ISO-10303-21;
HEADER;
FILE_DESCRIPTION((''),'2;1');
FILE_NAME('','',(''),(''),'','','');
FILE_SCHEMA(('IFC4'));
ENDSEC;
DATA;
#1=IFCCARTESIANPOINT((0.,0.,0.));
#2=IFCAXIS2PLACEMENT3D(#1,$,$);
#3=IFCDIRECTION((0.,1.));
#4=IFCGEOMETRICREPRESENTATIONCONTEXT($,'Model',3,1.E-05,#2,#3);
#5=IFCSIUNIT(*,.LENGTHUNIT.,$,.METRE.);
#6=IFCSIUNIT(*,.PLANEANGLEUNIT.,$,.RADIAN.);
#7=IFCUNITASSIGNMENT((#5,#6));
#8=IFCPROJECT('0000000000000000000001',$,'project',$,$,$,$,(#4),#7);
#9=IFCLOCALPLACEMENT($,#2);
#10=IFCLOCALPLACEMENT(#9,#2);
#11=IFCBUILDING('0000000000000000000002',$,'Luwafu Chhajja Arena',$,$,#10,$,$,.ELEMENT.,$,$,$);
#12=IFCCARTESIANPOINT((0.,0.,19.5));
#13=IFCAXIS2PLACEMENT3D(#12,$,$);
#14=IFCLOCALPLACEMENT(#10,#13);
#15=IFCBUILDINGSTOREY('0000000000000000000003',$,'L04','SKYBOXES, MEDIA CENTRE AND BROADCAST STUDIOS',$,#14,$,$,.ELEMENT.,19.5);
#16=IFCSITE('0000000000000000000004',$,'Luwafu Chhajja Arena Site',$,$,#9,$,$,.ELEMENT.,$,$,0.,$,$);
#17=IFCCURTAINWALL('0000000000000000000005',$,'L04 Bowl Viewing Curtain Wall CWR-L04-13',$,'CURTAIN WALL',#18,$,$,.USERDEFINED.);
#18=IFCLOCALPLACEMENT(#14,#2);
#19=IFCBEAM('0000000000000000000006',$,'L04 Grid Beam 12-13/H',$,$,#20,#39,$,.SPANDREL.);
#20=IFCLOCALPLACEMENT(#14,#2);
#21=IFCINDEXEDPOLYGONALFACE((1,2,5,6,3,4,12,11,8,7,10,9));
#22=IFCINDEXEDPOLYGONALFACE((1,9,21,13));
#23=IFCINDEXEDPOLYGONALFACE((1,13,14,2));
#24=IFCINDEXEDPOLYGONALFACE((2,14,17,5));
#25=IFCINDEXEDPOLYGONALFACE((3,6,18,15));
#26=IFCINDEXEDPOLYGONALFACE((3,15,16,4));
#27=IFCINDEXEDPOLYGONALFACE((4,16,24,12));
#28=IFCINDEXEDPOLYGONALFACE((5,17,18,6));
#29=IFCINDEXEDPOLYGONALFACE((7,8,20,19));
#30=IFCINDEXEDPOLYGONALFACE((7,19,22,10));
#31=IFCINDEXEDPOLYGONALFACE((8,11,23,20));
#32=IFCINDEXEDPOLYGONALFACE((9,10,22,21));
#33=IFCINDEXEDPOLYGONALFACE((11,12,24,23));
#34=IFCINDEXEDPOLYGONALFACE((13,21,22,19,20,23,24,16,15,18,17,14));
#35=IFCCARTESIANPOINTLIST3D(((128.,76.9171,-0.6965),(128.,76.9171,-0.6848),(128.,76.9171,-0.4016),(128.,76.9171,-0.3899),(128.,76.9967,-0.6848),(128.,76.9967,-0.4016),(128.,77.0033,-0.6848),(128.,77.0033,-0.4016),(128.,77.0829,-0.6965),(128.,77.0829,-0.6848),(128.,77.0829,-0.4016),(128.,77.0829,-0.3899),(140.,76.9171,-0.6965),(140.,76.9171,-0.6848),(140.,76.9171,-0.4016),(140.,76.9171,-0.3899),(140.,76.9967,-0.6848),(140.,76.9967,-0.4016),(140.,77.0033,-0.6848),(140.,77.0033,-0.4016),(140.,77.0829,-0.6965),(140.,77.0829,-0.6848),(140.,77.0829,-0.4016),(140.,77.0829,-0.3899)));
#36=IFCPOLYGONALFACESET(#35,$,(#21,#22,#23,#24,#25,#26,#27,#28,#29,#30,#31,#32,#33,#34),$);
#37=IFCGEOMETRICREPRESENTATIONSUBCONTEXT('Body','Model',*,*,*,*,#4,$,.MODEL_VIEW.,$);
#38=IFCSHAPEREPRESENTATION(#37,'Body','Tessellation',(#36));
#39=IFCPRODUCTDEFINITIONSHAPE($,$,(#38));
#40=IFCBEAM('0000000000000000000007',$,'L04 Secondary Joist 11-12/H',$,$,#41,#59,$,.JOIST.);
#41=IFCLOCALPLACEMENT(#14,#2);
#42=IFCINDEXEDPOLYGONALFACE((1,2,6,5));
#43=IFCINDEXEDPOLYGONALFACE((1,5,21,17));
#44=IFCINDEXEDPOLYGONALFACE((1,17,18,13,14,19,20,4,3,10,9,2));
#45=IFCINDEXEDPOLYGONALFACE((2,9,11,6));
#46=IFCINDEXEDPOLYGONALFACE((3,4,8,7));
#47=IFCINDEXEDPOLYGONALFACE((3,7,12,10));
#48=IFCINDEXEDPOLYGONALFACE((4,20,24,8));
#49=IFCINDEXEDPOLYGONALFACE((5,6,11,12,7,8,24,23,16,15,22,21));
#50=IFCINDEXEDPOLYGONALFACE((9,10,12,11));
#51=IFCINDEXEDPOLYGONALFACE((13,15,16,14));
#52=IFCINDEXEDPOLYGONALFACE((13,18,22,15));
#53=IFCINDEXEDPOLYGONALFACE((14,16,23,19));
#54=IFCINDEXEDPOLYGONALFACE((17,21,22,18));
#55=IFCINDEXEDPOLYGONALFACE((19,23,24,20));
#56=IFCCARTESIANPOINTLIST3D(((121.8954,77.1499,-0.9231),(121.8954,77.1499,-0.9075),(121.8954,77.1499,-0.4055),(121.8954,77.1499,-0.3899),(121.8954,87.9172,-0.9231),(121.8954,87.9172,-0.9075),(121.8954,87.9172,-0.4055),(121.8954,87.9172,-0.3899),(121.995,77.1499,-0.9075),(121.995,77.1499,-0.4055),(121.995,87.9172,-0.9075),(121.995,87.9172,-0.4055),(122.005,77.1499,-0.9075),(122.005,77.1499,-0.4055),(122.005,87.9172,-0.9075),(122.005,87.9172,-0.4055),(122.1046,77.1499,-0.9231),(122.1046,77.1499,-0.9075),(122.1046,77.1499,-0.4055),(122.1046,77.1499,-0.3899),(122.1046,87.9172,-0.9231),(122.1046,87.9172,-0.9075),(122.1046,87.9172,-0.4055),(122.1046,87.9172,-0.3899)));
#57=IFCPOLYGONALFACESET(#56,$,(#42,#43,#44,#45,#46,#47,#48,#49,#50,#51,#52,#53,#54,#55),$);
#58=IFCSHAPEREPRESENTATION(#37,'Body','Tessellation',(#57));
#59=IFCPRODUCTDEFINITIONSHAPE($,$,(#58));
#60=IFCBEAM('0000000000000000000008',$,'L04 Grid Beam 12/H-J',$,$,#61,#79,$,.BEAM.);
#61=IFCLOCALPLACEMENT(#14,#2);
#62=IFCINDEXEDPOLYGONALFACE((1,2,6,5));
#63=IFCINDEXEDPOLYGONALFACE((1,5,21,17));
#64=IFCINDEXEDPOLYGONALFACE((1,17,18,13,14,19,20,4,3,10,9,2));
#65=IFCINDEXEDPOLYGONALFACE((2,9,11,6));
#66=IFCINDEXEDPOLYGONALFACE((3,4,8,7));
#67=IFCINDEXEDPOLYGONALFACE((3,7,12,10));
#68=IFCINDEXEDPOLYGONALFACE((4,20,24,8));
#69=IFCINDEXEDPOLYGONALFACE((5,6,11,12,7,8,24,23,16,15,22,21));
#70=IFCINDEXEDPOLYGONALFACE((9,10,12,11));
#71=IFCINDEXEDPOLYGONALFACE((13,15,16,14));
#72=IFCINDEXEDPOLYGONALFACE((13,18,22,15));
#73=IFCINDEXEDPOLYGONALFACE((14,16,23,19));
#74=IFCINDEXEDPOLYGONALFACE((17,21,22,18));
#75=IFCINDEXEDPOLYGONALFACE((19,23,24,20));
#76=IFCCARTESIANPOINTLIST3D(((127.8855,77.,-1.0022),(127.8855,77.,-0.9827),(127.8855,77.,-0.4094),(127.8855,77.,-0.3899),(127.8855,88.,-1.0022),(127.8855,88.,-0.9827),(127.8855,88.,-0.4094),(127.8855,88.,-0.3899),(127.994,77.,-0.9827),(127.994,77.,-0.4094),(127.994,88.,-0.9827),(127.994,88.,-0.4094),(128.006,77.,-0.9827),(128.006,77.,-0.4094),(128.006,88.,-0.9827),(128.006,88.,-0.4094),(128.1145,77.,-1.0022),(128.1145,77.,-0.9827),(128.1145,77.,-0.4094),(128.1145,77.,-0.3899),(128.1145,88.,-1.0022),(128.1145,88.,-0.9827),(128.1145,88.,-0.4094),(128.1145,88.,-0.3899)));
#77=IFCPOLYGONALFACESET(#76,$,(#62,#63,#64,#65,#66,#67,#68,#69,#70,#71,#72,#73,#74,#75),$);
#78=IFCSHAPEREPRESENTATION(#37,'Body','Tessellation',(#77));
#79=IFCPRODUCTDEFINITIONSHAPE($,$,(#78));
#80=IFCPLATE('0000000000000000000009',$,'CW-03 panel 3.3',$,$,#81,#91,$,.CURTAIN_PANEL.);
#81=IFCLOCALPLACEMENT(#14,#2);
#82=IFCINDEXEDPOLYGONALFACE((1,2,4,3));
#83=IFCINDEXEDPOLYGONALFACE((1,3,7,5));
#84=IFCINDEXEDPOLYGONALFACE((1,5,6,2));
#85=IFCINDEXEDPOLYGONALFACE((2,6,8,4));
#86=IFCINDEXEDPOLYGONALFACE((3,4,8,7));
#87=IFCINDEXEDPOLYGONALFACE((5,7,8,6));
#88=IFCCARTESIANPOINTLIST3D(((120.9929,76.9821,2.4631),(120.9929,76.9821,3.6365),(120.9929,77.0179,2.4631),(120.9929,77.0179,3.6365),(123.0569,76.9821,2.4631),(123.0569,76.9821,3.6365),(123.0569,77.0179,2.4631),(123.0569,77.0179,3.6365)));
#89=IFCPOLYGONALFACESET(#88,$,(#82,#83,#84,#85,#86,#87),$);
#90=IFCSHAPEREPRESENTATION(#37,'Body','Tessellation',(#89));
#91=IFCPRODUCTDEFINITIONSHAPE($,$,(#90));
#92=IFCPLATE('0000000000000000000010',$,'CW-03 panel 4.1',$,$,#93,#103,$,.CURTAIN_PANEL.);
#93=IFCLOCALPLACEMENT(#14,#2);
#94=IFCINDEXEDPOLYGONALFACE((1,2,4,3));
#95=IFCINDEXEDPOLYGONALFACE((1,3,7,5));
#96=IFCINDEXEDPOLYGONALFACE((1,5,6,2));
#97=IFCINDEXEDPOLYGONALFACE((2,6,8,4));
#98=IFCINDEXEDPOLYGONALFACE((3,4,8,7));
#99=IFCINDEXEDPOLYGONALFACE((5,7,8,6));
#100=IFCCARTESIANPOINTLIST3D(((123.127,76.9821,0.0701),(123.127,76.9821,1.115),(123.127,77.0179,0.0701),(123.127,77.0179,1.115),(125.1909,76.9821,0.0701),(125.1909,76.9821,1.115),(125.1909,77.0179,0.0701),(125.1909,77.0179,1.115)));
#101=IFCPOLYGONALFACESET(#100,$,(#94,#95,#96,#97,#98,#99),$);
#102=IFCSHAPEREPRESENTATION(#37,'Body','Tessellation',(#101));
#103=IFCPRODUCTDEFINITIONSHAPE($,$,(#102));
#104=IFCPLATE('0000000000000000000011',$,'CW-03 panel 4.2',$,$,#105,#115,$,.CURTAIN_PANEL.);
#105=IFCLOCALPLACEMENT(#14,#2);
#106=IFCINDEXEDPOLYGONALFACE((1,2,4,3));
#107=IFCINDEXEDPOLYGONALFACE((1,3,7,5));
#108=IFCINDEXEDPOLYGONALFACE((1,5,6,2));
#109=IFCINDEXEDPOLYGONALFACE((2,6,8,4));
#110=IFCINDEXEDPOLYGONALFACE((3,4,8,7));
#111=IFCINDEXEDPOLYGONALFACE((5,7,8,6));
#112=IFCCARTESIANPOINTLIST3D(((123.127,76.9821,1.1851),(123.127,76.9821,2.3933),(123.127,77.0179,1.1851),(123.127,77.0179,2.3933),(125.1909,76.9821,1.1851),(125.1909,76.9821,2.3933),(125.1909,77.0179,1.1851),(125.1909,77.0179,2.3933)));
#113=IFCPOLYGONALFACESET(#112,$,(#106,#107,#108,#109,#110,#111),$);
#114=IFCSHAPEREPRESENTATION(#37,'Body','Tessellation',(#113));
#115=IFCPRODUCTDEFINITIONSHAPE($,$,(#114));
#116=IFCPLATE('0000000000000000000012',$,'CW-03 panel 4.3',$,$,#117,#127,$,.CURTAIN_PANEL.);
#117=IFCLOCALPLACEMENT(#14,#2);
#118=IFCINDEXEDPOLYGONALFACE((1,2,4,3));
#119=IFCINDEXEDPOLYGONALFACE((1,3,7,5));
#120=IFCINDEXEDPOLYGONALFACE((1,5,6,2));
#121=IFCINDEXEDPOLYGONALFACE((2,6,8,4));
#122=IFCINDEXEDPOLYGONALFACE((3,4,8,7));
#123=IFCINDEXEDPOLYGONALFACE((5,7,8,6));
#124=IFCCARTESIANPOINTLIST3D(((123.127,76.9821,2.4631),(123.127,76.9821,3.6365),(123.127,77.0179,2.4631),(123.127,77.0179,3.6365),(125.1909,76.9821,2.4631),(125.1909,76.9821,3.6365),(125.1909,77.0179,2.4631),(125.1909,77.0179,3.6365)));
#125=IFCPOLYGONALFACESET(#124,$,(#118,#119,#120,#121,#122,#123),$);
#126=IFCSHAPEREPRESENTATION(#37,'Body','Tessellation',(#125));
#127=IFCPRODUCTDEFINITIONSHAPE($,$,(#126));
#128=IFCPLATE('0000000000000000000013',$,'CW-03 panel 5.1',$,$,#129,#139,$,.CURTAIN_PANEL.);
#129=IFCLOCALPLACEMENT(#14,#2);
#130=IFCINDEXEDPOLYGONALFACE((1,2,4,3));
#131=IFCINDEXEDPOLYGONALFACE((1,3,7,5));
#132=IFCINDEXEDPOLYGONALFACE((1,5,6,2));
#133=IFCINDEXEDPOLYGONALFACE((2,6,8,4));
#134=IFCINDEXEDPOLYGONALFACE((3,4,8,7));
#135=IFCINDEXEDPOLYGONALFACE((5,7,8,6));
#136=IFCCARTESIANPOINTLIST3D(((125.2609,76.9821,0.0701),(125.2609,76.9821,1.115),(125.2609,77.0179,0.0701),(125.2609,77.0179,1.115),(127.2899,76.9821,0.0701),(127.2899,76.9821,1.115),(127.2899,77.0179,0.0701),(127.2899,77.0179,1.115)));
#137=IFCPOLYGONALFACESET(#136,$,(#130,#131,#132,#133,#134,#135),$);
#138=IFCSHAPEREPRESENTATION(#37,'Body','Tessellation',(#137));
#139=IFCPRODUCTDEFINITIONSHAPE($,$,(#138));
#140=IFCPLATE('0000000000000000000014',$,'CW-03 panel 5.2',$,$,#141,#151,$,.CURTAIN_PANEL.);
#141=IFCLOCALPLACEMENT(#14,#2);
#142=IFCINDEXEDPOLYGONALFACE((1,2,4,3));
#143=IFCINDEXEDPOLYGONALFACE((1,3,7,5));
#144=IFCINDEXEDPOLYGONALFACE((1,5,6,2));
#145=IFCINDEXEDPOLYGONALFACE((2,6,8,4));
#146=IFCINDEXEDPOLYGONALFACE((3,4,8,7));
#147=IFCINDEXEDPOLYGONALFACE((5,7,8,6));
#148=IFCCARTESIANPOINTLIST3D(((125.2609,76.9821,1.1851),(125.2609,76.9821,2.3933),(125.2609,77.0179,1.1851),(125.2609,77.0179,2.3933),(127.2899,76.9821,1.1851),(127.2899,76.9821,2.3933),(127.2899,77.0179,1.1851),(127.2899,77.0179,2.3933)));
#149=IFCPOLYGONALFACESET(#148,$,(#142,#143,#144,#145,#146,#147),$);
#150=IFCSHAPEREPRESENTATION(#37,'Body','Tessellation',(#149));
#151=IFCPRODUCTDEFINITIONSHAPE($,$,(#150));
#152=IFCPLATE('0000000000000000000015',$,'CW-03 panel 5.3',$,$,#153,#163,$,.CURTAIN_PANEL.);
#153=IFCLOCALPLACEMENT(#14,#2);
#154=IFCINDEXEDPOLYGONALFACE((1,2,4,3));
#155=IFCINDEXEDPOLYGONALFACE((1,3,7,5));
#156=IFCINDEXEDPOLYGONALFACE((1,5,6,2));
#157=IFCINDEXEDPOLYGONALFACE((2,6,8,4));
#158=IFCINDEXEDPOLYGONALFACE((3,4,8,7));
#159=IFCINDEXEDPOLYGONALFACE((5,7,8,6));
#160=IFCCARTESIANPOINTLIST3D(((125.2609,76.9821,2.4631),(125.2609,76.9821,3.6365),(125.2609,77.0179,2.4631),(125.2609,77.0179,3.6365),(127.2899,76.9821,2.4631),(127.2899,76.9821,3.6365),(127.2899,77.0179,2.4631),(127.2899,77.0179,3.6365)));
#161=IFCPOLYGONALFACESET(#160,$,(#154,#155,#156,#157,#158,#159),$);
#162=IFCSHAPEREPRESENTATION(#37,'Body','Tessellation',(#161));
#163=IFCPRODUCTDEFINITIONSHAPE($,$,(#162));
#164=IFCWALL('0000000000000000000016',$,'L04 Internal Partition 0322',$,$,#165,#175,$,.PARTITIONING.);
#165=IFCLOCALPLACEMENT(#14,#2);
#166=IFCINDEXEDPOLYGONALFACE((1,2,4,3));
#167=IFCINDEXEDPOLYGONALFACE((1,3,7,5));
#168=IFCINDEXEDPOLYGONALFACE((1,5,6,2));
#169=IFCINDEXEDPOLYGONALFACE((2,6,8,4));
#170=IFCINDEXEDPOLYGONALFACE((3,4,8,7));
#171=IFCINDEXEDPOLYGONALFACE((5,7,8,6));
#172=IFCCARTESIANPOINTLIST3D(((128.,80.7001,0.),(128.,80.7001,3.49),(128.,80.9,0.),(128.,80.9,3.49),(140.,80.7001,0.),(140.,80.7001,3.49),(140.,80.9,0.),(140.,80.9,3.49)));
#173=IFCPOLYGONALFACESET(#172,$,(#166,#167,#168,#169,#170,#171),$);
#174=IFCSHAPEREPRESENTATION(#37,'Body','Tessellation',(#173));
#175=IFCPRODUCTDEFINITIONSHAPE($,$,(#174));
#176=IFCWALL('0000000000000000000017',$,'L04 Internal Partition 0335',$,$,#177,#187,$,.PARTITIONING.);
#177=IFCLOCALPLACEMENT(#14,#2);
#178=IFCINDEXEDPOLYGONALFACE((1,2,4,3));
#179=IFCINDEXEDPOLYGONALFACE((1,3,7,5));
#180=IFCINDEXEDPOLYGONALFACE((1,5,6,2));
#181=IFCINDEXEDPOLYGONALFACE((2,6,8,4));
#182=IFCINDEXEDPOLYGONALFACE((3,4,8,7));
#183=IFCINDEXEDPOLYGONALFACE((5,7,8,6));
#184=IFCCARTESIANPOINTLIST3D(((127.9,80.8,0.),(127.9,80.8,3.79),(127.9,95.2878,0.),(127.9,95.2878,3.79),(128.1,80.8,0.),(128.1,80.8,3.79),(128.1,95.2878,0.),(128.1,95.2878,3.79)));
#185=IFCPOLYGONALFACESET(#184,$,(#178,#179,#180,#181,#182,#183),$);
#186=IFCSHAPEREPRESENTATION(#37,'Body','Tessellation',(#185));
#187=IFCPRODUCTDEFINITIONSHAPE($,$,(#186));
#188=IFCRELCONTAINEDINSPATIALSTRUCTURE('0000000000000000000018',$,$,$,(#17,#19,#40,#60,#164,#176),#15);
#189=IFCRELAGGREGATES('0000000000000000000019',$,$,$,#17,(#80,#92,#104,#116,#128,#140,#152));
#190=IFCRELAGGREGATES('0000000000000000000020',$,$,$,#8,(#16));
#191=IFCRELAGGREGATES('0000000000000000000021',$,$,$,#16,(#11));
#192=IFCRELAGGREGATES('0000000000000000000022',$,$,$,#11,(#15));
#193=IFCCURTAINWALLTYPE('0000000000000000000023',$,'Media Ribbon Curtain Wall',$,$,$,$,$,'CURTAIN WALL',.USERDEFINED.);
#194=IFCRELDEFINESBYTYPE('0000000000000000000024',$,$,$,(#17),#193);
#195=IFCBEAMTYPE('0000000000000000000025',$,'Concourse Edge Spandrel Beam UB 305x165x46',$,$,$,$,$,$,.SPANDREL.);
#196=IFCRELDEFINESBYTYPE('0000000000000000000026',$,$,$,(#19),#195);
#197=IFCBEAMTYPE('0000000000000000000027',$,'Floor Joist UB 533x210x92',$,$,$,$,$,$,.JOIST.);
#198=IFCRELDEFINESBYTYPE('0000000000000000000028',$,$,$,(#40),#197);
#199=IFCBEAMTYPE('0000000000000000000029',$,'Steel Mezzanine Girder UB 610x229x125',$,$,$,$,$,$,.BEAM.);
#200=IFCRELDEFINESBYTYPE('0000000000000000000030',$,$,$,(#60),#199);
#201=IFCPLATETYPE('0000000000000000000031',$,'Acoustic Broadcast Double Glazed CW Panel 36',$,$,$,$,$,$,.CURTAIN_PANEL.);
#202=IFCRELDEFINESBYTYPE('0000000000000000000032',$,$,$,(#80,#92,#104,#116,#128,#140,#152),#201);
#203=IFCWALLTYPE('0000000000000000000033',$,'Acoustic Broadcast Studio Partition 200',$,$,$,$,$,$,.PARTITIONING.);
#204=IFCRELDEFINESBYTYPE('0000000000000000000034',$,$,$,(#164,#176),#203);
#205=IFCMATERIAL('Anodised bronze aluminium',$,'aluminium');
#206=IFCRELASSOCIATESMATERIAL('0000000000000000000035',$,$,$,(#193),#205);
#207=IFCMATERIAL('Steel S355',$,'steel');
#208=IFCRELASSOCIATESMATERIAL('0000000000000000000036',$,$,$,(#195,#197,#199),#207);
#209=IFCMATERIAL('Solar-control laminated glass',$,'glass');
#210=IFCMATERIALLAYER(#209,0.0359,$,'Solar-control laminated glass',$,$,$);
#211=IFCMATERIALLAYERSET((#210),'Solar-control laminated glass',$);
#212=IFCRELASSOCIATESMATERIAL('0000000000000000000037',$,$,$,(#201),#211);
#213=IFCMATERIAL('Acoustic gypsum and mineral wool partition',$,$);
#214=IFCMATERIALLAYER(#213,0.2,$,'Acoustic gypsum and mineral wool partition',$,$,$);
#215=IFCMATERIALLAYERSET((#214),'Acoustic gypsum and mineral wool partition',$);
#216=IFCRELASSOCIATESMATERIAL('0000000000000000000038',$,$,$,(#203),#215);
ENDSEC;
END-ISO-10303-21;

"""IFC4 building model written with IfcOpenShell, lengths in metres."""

from ifc_helpers import new_model, si_unit, direction, frame, frame_2d, origin, origin_2d, place, context, subcontext, project, spatial, rectangle, i_section, extrude, material, layer, layer_set, material_profile, profile_set, type_object, element, aggregate, save


model = new_model("IFC4")

# Units and contexts
model_context = context("Model", 3, precision=1e-05, world=origin(), true_north=direction((0.0, 1.0)))
body_context = subcontext(model_context, "Body", "Model", "MODEL_VIEW")
ifc_project = project(units=[si_unit("LENGTHUNIT", "METRE"), si_unit("PLANEANGLEUNIT", "RADIAN")], contexts=[model_context])

# Site, building, storey
site_placement = place(None, origin())
site = spatial("IfcSite", under=ifc_project, at=site_placement, Name="Luwafu Chhajja Arena Site", CompositionType="ELEMENT", RefElevation=0.0)
building_placement = place(site_placement, origin())
building = spatial("IfcBuilding", under=site, at=building_placement, Name="Luwafu Chhajja Arena", CompositionType="ELEMENT")
storey_placement = place(building_placement, frame((0.0, 0.0, 19.5)))
storey = spatial("IfcBuildingStorey", under=building, at=storey_placement, Name="L04", Description="SKYBOXES, MEDIA CENTRE AND BROADCAST STUDIOS", CompositionType="ELEMENT", Elevation=19.5)

# Curtain wall
ifc_material_1 = material(Name="Anodised bronze aluminium", Category="aluminium")
curtain_wall_type = type_object("IfcCurtainWallType", Name="Media Ribbon Curtain Wall", ElementType="CURTAIN WALL", PredefinedType="USERDEFINED", material=ifc_material_1)
curtain_wall_placement = place(storey_placement, origin())
curtain_wall = element("IfcCurtainWall", 1, at=curtain_wall_placement, inside=storey, type_object=curtain_wall_type, Name="L04 Bowl Viewing Curtain Wall CWR-L04-13", ObjectType="CURTAIN WALL", PredefinedType="USERDEFINED")

# Beams
ifc_material_2 = material(Name="Steel S355", Category="steel")
ifc_material_profile_1 = material_profile(ifc_material_2, i_section(OverallWidth=0.1658, OverallDepth=0.3066, WebThickness=0.0066, FlangeThickness=0.0117, at=origin_2d()), Name="UB 305x165x46")
ifc_profile_set_1 = profile_set([ifc_material_profile_1], Name="Steel S355")
beam_type_1 = type_object("IfcBeamType", Name="Concourse Edge Spandrel Beam UB 305x165x46", PredefinedType="SPANDREL", material=ifc_profile_set_1)
beam_1_placement = place(storey_placement, frame((128.0, 77.0, -0.5432), z_axis=(1.0, 0.0, 0.0), x_axis=(0.0, 1.0, 0.0)))
element("IfcBeam", 2, at=beam_1_placement, inside=storey, type_object=beam_type_1, Name="L04 Grid Beam 12-13/H", PredefinedType="SPANDREL", context=body_context, shape_type="SweptSolid", body=[
    extrude(i_section(OverallWidth=0.1658, OverallDepth=0.3066, WebThickness=0.0066, FlangeThickness=0.0117, at=origin_2d()), origin(), (0.0, 0.0, 1.0), 12.0),
])
ifc_material_profile_2 = material_profile(ifc_material_2, i_section(OverallWidth=0.2092, OverallDepth=0.5332, WebThickness=0.01, FlangeThickness=0.0156, at=origin_2d()), Name="UB 533x210x92")
ifc_profile_set_2 = profile_set([ifc_material_profile_2], Name="Steel S355")
beam_type_2 = type_object("IfcBeamType", Name="Floor Joist UB 533x210x92", PredefinedType="JOIST", material=ifc_profile_set_2)
beam_2_placement = place(storey_placement, frame((122.0, 77.1499, -0.6565), z_axis=(0.0, 1.0, 0.0), x_axis=(-1.0, 0.0, 0.0)))
element("IfcBeam", 3, at=beam_2_placement, inside=storey, type_object=beam_type_2, Name="L04 Secondary Joist 11-12/H", PredefinedType="JOIST", context=body_context, shape_type="SweptSolid", body=[
    extrude(i_section(OverallWidth=0.2092, OverallDepth=0.5332, WebThickness=0.01, FlangeThickness=0.0156, at=origin_2d()), origin(), (0.0, 0.0, 1.0), 10.7673),
])
ifc_material_profile_3 = material_profile(ifc_material_2, i_section(OverallWidth=0.229, OverallDepth=0.6123, WebThickness=0.012, FlangeThickness=0.0195, at=origin_2d()), Name="UB 610x229x125")
ifc_profile_set_3 = profile_set([ifc_material_profile_3], Name="Steel S355")
beam_type_3 = type_object("IfcBeamType", Name="Steel Mezzanine Girder UB 610x229x125", PredefinedType="BEAM", material=ifc_profile_set_3)
beam_3_placement = place(storey_placement, frame((128.0, 77.0, -0.696), z_axis=(0.0, 1.0, 0.0), x_axis=(-1.0, 0.0, 0.0)))
element("IfcBeam", 4, at=beam_3_placement, inside=storey, type_object=beam_type_3, Name="L04 Grid Beam 12/H-J", PredefinedType="BEAM", context=body_context, shape_type="SweptSolid", body=[
    extrude(i_section(OverallWidth=0.229, OverallDepth=0.6123, WebThickness=0.012, FlangeThickness=0.0195, at=origin_2d()), origin(), (0.0, 0.0, 1.0), 11.0),
])

# Plates
ifc_material_3 = material(Name="Solar-control laminated glass", Category="glass")
ifc_layer_1 = layer(ifc_material_3, 0.0359, Name="Solar-control laminated glass")
ifc_layer_set_1 = layer_set([ifc_layer_1], Name="Solar-control laminated glass")
plate_type = type_object("IfcPlateType", Name="Acoustic Broadcast Double Glazed CW Panel 36", PredefinedType="CURTAIN_PANEL", material=ifc_layer_set_1)
plate_1_placement = place(storey_placement, frame((122.0249, 77.0, 2.4631), z_axis=(0.0, 0.0, 1.0), x_axis=(1.0, 0.0, 0.0)))
plate_1 = element("IfcPlate", 5, at=plate_1_placement, type_object=plate_type, Name="CW-03 panel 3.3", PredefinedType="CURTAIN_PANEL", context=body_context, shape_type="SweptSolid", body=[
    extrude(rectangle(XDim=2.064, YDim=0.0359, at=origin_2d()), origin(), (0.0, 0.0, 1.0), 1.1733),
])
plate_2_placement = place(storey_placement, frame((124.1589, 77.0, 0.0701), z_axis=(0.0, 0.0, 1.0), x_axis=(1.0, 0.0, 0.0)))
plate_2 = element("IfcPlate", 6, at=plate_2_placement, type_object=plate_type, Name="CW-03 panel 4.1", PredefinedType="CURTAIN_PANEL", context=body_context, shape_type="SweptSolid", body=[
    extrude(rectangle(XDim=2.064, YDim=0.0359, at=origin_2d()), origin(), (0.0, 0.0, 1.0), 1.0449),
])
plate_3_placement = place(storey_placement, frame((124.1589, 77.0, 1.1851), z_axis=(0.0, 0.0, 1.0), x_axis=(1.0, 0.0, 0.0)))
plate_3 = element("IfcPlate", 7, at=plate_3_placement, type_object=plate_type, Name="CW-03 panel 4.2", PredefinedType="CURTAIN_PANEL", context=body_context, shape_type="SweptSolid", body=[
    extrude(rectangle(XDim=2.064, YDim=0.0359, at=origin_2d()), origin(), (0.0, 0.0, 1.0), 1.2083),
])
plate_4_placement = place(storey_placement, frame((124.1589, 77.0, 2.4631), z_axis=(0.0, 0.0, 1.0), x_axis=(1.0, 0.0, 0.0)))
plate_4 = element("IfcPlate", 8, at=plate_4_placement, type_object=plate_type, Name="CW-03 panel 4.3", PredefinedType="CURTAIN_PANEL", context=body_context, shape_type="SweptSolid", body=[
    extrude(rectangle(XDim=2.064, YDim=0.0359, at=origin_2d()), origin(), (0.0, 0.0, 1.0), 1.1733),
])
plate_5_placement = place(storey_placement, frame((126.2754, 77.0, 0.0701), z_axis=(0.0, 0.0, 1.0), x_axis=(1.0, 0.0, 0.0)))
plate_5 = element("IfcPlate", 9, at=plate_5_placement, type_object=plate_type, Name="CW-03 panel 5.1", PredefinedType="CURTAIN_PANEL", context=body_context, shape_type="SweptSolid", body=[
    extrude(rectangle(XDim=2.0291, YDim=0.0359, at=origin_2d()), origin(), (0.0, 0.0, 1.0), 1.0449),
])
plate_6_placement = place(storey_placement, frame((126.2754, 77.0, 1.1851), z_axis=(0.0, 0.0, 1.0), x_axis=(1.0, 0.0, 0.0)))
plate_6 = element("IfcPlate", 10, at=plate_6_placement, type_object=plate_type, Name="CW-03 panel 5.2", PredefinedType="CURTAIN_PANEL", context=body_context, shape_type="SweptSolid", body=[
    extrude(rectangle(XDim=2.0291, YDim=0.0359, at=origin_2d()), origin(), (0.0, 0.0, 1.0), 1.2083),
])
plate_7_placement = place(storey_placement, frame((126.2754, 77.0, 2.4631), z_axis=(0.0, 0.0, 1.0), x_axis=(1.0, 0.0, 0.0)))
plate_7 = element("IfcPlate", 11, at=plate_7_placement, type_object=plate_type, Name="CW-03 panel 5.3", PredefinedType="CURTAIN_PANEL", context=body_context, shape_type="SweptSolid", body=[
    extrude(rectangle(XDim=2.0291, YDim=0.0359, at=origin_2d()), origin(), (0.0, 0.0, 1.0), 1.1733),
])
aggregate(curtain_wall, [plate_1, plate_2, plate_3, plate_4, plate_5, plate_6, plate_7])

# Walls
ifc_material_4 = material(Name="Acoustic gypsum and mineral wool partition")
ifc_layer_2 = layer(ifc_material_4, 0.2, Name="Acoustic gypsum and mineral wool partition")
ifc_layer_set_2 = layer_set([ifc_layer_2], Name="Acoustic gypsum and mineral wool partition")
wall_type_1 = type_object("IfcWallType", Name="Acoustic Broadcast Studio Partition 200", PredefinedType="PARTITIONING", material=ifc_layer_set_2)
wall_1_placement = place(storey_placement, frame((128.0, 80.8, 0.0), z_axis=(0.0, 0.0, 1.0), x_axis=(1.0, 0.0, 0.0)))
element("IfcWall", 12, at=wall_1_placement, inside=storey, type_object=wall_type_1, Name="L04 Internal Partition 0322", PredefinedType="PARTITIONING", context=body_context, shape_type="SweptSolid", body=[
    extrude(rectangle(XDim=12.0, YDim=0.2, at=frame_2d((6.0, 0.0))), origin(), (0.0, 0.0, 1.0), 3.49),
])
wall_2_placement = place(storey_placement, frame((128.0, 80.8, 0.0), z_axis=(0.0, 0.0, 1.0), x_axis=(0.0, 1.0, 0.0)))
element("IfcWall", 13, at=wall_2_placement, inside=storey, type_object=wall_type_1, Name="L04 Internal Partition 0335", PredefinedType="PARTITIONING", context=body_context, shape_type="SweptSolid", body=[
    extrude(rectangle(XDim=14.4878, YDim=0.2, at=frame_2d((7.2439, 0.0))), origin(), (0.0, 0.0, 1.0), 3.79),
])

save(model, "model.ifc")
